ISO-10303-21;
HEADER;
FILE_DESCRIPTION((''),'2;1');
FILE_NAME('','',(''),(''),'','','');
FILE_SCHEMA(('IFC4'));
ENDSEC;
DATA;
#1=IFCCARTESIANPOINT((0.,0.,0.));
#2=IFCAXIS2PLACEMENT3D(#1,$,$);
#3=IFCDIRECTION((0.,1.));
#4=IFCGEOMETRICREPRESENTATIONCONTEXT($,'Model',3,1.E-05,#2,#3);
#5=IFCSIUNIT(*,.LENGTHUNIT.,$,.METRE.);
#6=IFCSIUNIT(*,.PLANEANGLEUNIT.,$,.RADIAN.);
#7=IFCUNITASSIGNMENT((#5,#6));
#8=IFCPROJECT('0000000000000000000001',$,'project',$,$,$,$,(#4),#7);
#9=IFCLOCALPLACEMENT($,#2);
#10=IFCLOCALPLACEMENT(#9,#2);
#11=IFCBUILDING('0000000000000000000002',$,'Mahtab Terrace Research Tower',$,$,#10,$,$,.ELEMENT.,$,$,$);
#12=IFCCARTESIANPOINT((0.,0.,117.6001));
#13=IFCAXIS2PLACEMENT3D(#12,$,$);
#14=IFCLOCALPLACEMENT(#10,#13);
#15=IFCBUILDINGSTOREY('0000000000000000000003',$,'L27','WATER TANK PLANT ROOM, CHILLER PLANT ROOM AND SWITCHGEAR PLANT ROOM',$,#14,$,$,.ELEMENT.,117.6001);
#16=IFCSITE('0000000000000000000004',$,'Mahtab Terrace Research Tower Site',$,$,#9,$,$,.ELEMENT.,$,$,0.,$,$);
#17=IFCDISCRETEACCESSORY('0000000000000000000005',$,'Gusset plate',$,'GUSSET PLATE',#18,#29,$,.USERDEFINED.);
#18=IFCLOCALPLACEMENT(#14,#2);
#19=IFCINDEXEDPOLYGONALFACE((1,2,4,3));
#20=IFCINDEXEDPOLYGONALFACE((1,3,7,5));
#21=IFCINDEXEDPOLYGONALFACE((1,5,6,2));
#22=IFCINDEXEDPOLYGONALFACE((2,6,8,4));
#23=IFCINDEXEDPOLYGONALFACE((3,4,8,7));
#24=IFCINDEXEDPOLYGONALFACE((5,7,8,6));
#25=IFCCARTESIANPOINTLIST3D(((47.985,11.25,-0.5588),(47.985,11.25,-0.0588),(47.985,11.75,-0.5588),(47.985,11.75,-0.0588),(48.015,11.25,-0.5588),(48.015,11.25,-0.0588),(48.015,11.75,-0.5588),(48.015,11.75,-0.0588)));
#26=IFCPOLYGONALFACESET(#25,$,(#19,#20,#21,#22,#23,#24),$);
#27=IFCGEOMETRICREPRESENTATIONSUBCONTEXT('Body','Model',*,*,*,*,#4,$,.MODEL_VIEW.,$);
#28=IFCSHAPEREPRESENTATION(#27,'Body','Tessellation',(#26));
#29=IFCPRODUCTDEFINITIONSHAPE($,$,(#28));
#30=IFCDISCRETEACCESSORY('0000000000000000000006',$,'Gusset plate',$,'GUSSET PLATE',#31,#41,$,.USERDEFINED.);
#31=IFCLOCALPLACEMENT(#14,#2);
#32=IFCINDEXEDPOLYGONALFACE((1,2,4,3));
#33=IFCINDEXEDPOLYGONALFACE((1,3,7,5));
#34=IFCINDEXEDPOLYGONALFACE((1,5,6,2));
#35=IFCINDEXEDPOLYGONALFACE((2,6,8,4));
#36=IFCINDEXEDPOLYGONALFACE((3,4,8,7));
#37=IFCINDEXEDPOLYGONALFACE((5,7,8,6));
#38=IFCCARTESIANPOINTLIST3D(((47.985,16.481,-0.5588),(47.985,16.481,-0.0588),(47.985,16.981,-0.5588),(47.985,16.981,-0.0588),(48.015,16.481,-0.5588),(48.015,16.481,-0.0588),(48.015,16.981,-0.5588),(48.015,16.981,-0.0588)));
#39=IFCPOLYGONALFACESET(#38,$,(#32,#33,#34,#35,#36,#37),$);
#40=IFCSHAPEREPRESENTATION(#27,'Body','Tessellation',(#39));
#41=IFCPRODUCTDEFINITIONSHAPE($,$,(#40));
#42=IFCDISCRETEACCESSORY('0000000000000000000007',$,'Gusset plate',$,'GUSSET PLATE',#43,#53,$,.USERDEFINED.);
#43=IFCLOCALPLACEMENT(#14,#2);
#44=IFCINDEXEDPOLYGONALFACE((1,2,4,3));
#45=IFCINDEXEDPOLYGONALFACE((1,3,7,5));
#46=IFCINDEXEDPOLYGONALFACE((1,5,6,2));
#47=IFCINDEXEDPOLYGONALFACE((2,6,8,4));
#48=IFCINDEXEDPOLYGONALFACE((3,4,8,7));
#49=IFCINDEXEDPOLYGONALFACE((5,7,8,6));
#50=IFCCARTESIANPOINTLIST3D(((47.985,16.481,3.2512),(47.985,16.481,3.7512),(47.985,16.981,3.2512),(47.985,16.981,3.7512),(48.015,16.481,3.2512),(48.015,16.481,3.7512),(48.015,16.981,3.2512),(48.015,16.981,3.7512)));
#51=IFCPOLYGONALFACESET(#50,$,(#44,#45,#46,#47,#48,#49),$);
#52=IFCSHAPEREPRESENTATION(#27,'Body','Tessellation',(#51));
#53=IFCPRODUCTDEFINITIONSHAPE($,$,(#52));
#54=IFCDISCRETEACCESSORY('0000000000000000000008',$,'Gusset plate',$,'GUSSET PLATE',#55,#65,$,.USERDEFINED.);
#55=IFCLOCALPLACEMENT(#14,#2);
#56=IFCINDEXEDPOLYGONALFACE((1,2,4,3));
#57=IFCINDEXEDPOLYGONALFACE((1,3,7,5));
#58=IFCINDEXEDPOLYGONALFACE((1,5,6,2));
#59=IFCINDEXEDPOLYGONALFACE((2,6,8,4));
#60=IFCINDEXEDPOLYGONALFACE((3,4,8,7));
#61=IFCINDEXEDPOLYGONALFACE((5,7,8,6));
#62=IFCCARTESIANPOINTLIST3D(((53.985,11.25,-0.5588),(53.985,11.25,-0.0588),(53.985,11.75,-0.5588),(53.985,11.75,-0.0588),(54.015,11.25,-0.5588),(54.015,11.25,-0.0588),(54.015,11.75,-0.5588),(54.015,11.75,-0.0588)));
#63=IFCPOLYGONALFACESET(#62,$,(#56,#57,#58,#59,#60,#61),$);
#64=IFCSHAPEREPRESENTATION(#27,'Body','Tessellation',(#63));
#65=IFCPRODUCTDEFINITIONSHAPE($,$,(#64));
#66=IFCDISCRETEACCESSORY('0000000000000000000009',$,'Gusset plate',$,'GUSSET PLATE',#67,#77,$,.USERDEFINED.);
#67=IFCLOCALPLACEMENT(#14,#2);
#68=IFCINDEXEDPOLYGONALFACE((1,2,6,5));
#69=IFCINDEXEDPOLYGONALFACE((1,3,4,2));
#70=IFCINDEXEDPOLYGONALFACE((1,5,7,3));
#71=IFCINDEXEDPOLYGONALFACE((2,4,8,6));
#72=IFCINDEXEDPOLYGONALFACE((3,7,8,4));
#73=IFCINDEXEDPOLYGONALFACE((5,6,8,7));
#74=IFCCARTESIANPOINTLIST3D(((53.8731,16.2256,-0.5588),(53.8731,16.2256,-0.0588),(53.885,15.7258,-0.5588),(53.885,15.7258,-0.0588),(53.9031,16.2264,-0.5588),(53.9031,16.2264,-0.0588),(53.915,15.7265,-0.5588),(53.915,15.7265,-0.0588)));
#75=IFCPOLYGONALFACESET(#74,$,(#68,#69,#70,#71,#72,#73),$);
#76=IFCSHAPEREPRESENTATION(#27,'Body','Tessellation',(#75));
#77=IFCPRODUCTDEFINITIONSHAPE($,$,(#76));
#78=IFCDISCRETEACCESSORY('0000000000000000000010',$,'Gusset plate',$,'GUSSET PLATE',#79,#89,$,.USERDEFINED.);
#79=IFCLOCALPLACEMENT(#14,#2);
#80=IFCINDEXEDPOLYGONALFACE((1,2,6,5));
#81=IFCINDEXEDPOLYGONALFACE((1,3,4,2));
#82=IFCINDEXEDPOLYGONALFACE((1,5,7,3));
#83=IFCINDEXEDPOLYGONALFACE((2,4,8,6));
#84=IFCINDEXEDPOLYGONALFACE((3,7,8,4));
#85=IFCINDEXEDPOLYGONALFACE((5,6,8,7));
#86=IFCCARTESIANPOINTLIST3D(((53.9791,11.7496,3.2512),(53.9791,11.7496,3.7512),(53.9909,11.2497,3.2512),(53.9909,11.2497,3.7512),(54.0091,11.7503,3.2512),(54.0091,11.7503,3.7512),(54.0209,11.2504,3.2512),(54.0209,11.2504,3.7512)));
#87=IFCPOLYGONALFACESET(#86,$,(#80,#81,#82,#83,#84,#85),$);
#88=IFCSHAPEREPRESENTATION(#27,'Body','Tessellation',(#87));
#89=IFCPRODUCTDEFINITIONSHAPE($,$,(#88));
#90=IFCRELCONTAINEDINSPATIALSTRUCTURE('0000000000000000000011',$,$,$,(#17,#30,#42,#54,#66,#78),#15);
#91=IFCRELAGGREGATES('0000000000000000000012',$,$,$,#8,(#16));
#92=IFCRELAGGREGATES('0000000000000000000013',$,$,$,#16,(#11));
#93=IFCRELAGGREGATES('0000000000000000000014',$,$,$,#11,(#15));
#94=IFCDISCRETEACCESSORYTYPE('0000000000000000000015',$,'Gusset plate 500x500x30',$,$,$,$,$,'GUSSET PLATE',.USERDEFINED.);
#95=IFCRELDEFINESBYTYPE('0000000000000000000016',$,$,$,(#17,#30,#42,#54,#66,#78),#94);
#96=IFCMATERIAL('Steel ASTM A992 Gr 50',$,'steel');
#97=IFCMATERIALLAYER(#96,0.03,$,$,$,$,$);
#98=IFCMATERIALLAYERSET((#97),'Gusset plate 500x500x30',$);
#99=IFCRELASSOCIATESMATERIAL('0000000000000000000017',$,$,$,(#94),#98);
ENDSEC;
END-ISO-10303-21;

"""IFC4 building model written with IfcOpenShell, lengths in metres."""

from ifc_helpers import new_model, si_unit, direction, frame, origin, origin_2d, place, context, subcontext, project, spatial, rectangle, extrude, material, layer, layer_set, type_object, element, save


model = new_model("IFC4")

# Units and contexts
model_context = context("Model", 3, precision=1e-05, world=origin(), true_north=direction((0.0, 1.0)))
body_context = subcontext(model_context, "Body", "Model", "MODEL_VIEW")
ifc_project = project(units=[si_unit("LENGTHUNIT", "METRE"), si_unit("PLANEANGLEUNIT", "RADIAN")], contexts=[model_context])

# Site, building, storey
site_placement = place(None, origin())
site = spatial("IfcSite", under=ifc_project, at=site_placement, Name="Mahtab Terrace Research Tower Site", CompositionType="ELEMENT", RefElevation=0.0)
building_placement = place(site_placement, origin())
building = spatial("IfcBuilding", under=site, at=building_placement, Name="Mahtab Terrace Research Tower", CompositionType="ELEMENT")
storey_placement = place(building_placement, frame((0.0, 0.0, 117.6001)))
storey = spatial("IfcBuildingStorey", under=building, at=storey_placement, Name="L27", Description="WATER TANK PLANT ROOM, CHILLER PLANT ROOM AND SWITCHGEAR PLANT ROOM", CompositionType="ELEMENT", Elevation=117.6001)

# Shared definitions
ifc_material_1 = material(Name="Steel ASTM A992 Gr 50", Category="steel")

# Discrete accessories
ifc_layer_1 = layer(ifc_material_1, 0.03)
ifc_layer_set_1 = layer_set([ifc_layer_1], Name="Gusset plate 500x500x30")
discrete_accessory_type_1 = type_object("IfcDiscreteAccessoryType", Name="Gusset plate 500x500x30", ElementType="GUSSET PLATE", PredefinedType="USERDEFINED", material=ifc_layer_set_1)
for number, where, z_axis, x_axis, name in (
    (1, (48.0, 11.5, -0.5588), (0.0, 0.0, 1.0), (0.0, 1.0, 0.0), "Gusset plate"),
    (2, (48.0, 16.731, -0.5588), (0.0, 0.0, 1.0), (0.0, 1.0, 0.0), "Gusset plate"),
    (3, (48.0, 16.731, 3.2512), (0.0, 0.0, 1.0), (0.0, 1.0, 0.0), "Gusset plate"),
    (4, (54.0, 11.5, -0.5588), (0.0, 0.0, 1.0), (0.0, 1.0, 0.0), "Gusset plate"),
    (5, (53.894, 15.9761, -0.5588), (0.0, 0.0, 1.0), (-0.023682, 0.99972, 0.0), "Gusset plate"),
    (6, (54.0, 11.5, 3.2512), (0.0, 0.0, 1.0), (-0.023682, 0.99972, 0.0), "Gusset plate"),
):
    element("IfcDiscreteAccessory", number, at=place(storey_placement, frame(where, z_axis=z_axis, x_axis=x_axis)), inside=storey, type_object=discrete_accessory_type_1, Name=name, ObjectType="GUSSET PLATE", PredefinedType="USERDEFINED", context=body_context, shape_type="SweptSolid", body=[
        extrude(rectangle(XDim=0.5, YDim=0.03, at=origin_2d()), origin(), (0.0, 0.0, 1.0), 0.5),
    ])

save(model, "model.ifc")
